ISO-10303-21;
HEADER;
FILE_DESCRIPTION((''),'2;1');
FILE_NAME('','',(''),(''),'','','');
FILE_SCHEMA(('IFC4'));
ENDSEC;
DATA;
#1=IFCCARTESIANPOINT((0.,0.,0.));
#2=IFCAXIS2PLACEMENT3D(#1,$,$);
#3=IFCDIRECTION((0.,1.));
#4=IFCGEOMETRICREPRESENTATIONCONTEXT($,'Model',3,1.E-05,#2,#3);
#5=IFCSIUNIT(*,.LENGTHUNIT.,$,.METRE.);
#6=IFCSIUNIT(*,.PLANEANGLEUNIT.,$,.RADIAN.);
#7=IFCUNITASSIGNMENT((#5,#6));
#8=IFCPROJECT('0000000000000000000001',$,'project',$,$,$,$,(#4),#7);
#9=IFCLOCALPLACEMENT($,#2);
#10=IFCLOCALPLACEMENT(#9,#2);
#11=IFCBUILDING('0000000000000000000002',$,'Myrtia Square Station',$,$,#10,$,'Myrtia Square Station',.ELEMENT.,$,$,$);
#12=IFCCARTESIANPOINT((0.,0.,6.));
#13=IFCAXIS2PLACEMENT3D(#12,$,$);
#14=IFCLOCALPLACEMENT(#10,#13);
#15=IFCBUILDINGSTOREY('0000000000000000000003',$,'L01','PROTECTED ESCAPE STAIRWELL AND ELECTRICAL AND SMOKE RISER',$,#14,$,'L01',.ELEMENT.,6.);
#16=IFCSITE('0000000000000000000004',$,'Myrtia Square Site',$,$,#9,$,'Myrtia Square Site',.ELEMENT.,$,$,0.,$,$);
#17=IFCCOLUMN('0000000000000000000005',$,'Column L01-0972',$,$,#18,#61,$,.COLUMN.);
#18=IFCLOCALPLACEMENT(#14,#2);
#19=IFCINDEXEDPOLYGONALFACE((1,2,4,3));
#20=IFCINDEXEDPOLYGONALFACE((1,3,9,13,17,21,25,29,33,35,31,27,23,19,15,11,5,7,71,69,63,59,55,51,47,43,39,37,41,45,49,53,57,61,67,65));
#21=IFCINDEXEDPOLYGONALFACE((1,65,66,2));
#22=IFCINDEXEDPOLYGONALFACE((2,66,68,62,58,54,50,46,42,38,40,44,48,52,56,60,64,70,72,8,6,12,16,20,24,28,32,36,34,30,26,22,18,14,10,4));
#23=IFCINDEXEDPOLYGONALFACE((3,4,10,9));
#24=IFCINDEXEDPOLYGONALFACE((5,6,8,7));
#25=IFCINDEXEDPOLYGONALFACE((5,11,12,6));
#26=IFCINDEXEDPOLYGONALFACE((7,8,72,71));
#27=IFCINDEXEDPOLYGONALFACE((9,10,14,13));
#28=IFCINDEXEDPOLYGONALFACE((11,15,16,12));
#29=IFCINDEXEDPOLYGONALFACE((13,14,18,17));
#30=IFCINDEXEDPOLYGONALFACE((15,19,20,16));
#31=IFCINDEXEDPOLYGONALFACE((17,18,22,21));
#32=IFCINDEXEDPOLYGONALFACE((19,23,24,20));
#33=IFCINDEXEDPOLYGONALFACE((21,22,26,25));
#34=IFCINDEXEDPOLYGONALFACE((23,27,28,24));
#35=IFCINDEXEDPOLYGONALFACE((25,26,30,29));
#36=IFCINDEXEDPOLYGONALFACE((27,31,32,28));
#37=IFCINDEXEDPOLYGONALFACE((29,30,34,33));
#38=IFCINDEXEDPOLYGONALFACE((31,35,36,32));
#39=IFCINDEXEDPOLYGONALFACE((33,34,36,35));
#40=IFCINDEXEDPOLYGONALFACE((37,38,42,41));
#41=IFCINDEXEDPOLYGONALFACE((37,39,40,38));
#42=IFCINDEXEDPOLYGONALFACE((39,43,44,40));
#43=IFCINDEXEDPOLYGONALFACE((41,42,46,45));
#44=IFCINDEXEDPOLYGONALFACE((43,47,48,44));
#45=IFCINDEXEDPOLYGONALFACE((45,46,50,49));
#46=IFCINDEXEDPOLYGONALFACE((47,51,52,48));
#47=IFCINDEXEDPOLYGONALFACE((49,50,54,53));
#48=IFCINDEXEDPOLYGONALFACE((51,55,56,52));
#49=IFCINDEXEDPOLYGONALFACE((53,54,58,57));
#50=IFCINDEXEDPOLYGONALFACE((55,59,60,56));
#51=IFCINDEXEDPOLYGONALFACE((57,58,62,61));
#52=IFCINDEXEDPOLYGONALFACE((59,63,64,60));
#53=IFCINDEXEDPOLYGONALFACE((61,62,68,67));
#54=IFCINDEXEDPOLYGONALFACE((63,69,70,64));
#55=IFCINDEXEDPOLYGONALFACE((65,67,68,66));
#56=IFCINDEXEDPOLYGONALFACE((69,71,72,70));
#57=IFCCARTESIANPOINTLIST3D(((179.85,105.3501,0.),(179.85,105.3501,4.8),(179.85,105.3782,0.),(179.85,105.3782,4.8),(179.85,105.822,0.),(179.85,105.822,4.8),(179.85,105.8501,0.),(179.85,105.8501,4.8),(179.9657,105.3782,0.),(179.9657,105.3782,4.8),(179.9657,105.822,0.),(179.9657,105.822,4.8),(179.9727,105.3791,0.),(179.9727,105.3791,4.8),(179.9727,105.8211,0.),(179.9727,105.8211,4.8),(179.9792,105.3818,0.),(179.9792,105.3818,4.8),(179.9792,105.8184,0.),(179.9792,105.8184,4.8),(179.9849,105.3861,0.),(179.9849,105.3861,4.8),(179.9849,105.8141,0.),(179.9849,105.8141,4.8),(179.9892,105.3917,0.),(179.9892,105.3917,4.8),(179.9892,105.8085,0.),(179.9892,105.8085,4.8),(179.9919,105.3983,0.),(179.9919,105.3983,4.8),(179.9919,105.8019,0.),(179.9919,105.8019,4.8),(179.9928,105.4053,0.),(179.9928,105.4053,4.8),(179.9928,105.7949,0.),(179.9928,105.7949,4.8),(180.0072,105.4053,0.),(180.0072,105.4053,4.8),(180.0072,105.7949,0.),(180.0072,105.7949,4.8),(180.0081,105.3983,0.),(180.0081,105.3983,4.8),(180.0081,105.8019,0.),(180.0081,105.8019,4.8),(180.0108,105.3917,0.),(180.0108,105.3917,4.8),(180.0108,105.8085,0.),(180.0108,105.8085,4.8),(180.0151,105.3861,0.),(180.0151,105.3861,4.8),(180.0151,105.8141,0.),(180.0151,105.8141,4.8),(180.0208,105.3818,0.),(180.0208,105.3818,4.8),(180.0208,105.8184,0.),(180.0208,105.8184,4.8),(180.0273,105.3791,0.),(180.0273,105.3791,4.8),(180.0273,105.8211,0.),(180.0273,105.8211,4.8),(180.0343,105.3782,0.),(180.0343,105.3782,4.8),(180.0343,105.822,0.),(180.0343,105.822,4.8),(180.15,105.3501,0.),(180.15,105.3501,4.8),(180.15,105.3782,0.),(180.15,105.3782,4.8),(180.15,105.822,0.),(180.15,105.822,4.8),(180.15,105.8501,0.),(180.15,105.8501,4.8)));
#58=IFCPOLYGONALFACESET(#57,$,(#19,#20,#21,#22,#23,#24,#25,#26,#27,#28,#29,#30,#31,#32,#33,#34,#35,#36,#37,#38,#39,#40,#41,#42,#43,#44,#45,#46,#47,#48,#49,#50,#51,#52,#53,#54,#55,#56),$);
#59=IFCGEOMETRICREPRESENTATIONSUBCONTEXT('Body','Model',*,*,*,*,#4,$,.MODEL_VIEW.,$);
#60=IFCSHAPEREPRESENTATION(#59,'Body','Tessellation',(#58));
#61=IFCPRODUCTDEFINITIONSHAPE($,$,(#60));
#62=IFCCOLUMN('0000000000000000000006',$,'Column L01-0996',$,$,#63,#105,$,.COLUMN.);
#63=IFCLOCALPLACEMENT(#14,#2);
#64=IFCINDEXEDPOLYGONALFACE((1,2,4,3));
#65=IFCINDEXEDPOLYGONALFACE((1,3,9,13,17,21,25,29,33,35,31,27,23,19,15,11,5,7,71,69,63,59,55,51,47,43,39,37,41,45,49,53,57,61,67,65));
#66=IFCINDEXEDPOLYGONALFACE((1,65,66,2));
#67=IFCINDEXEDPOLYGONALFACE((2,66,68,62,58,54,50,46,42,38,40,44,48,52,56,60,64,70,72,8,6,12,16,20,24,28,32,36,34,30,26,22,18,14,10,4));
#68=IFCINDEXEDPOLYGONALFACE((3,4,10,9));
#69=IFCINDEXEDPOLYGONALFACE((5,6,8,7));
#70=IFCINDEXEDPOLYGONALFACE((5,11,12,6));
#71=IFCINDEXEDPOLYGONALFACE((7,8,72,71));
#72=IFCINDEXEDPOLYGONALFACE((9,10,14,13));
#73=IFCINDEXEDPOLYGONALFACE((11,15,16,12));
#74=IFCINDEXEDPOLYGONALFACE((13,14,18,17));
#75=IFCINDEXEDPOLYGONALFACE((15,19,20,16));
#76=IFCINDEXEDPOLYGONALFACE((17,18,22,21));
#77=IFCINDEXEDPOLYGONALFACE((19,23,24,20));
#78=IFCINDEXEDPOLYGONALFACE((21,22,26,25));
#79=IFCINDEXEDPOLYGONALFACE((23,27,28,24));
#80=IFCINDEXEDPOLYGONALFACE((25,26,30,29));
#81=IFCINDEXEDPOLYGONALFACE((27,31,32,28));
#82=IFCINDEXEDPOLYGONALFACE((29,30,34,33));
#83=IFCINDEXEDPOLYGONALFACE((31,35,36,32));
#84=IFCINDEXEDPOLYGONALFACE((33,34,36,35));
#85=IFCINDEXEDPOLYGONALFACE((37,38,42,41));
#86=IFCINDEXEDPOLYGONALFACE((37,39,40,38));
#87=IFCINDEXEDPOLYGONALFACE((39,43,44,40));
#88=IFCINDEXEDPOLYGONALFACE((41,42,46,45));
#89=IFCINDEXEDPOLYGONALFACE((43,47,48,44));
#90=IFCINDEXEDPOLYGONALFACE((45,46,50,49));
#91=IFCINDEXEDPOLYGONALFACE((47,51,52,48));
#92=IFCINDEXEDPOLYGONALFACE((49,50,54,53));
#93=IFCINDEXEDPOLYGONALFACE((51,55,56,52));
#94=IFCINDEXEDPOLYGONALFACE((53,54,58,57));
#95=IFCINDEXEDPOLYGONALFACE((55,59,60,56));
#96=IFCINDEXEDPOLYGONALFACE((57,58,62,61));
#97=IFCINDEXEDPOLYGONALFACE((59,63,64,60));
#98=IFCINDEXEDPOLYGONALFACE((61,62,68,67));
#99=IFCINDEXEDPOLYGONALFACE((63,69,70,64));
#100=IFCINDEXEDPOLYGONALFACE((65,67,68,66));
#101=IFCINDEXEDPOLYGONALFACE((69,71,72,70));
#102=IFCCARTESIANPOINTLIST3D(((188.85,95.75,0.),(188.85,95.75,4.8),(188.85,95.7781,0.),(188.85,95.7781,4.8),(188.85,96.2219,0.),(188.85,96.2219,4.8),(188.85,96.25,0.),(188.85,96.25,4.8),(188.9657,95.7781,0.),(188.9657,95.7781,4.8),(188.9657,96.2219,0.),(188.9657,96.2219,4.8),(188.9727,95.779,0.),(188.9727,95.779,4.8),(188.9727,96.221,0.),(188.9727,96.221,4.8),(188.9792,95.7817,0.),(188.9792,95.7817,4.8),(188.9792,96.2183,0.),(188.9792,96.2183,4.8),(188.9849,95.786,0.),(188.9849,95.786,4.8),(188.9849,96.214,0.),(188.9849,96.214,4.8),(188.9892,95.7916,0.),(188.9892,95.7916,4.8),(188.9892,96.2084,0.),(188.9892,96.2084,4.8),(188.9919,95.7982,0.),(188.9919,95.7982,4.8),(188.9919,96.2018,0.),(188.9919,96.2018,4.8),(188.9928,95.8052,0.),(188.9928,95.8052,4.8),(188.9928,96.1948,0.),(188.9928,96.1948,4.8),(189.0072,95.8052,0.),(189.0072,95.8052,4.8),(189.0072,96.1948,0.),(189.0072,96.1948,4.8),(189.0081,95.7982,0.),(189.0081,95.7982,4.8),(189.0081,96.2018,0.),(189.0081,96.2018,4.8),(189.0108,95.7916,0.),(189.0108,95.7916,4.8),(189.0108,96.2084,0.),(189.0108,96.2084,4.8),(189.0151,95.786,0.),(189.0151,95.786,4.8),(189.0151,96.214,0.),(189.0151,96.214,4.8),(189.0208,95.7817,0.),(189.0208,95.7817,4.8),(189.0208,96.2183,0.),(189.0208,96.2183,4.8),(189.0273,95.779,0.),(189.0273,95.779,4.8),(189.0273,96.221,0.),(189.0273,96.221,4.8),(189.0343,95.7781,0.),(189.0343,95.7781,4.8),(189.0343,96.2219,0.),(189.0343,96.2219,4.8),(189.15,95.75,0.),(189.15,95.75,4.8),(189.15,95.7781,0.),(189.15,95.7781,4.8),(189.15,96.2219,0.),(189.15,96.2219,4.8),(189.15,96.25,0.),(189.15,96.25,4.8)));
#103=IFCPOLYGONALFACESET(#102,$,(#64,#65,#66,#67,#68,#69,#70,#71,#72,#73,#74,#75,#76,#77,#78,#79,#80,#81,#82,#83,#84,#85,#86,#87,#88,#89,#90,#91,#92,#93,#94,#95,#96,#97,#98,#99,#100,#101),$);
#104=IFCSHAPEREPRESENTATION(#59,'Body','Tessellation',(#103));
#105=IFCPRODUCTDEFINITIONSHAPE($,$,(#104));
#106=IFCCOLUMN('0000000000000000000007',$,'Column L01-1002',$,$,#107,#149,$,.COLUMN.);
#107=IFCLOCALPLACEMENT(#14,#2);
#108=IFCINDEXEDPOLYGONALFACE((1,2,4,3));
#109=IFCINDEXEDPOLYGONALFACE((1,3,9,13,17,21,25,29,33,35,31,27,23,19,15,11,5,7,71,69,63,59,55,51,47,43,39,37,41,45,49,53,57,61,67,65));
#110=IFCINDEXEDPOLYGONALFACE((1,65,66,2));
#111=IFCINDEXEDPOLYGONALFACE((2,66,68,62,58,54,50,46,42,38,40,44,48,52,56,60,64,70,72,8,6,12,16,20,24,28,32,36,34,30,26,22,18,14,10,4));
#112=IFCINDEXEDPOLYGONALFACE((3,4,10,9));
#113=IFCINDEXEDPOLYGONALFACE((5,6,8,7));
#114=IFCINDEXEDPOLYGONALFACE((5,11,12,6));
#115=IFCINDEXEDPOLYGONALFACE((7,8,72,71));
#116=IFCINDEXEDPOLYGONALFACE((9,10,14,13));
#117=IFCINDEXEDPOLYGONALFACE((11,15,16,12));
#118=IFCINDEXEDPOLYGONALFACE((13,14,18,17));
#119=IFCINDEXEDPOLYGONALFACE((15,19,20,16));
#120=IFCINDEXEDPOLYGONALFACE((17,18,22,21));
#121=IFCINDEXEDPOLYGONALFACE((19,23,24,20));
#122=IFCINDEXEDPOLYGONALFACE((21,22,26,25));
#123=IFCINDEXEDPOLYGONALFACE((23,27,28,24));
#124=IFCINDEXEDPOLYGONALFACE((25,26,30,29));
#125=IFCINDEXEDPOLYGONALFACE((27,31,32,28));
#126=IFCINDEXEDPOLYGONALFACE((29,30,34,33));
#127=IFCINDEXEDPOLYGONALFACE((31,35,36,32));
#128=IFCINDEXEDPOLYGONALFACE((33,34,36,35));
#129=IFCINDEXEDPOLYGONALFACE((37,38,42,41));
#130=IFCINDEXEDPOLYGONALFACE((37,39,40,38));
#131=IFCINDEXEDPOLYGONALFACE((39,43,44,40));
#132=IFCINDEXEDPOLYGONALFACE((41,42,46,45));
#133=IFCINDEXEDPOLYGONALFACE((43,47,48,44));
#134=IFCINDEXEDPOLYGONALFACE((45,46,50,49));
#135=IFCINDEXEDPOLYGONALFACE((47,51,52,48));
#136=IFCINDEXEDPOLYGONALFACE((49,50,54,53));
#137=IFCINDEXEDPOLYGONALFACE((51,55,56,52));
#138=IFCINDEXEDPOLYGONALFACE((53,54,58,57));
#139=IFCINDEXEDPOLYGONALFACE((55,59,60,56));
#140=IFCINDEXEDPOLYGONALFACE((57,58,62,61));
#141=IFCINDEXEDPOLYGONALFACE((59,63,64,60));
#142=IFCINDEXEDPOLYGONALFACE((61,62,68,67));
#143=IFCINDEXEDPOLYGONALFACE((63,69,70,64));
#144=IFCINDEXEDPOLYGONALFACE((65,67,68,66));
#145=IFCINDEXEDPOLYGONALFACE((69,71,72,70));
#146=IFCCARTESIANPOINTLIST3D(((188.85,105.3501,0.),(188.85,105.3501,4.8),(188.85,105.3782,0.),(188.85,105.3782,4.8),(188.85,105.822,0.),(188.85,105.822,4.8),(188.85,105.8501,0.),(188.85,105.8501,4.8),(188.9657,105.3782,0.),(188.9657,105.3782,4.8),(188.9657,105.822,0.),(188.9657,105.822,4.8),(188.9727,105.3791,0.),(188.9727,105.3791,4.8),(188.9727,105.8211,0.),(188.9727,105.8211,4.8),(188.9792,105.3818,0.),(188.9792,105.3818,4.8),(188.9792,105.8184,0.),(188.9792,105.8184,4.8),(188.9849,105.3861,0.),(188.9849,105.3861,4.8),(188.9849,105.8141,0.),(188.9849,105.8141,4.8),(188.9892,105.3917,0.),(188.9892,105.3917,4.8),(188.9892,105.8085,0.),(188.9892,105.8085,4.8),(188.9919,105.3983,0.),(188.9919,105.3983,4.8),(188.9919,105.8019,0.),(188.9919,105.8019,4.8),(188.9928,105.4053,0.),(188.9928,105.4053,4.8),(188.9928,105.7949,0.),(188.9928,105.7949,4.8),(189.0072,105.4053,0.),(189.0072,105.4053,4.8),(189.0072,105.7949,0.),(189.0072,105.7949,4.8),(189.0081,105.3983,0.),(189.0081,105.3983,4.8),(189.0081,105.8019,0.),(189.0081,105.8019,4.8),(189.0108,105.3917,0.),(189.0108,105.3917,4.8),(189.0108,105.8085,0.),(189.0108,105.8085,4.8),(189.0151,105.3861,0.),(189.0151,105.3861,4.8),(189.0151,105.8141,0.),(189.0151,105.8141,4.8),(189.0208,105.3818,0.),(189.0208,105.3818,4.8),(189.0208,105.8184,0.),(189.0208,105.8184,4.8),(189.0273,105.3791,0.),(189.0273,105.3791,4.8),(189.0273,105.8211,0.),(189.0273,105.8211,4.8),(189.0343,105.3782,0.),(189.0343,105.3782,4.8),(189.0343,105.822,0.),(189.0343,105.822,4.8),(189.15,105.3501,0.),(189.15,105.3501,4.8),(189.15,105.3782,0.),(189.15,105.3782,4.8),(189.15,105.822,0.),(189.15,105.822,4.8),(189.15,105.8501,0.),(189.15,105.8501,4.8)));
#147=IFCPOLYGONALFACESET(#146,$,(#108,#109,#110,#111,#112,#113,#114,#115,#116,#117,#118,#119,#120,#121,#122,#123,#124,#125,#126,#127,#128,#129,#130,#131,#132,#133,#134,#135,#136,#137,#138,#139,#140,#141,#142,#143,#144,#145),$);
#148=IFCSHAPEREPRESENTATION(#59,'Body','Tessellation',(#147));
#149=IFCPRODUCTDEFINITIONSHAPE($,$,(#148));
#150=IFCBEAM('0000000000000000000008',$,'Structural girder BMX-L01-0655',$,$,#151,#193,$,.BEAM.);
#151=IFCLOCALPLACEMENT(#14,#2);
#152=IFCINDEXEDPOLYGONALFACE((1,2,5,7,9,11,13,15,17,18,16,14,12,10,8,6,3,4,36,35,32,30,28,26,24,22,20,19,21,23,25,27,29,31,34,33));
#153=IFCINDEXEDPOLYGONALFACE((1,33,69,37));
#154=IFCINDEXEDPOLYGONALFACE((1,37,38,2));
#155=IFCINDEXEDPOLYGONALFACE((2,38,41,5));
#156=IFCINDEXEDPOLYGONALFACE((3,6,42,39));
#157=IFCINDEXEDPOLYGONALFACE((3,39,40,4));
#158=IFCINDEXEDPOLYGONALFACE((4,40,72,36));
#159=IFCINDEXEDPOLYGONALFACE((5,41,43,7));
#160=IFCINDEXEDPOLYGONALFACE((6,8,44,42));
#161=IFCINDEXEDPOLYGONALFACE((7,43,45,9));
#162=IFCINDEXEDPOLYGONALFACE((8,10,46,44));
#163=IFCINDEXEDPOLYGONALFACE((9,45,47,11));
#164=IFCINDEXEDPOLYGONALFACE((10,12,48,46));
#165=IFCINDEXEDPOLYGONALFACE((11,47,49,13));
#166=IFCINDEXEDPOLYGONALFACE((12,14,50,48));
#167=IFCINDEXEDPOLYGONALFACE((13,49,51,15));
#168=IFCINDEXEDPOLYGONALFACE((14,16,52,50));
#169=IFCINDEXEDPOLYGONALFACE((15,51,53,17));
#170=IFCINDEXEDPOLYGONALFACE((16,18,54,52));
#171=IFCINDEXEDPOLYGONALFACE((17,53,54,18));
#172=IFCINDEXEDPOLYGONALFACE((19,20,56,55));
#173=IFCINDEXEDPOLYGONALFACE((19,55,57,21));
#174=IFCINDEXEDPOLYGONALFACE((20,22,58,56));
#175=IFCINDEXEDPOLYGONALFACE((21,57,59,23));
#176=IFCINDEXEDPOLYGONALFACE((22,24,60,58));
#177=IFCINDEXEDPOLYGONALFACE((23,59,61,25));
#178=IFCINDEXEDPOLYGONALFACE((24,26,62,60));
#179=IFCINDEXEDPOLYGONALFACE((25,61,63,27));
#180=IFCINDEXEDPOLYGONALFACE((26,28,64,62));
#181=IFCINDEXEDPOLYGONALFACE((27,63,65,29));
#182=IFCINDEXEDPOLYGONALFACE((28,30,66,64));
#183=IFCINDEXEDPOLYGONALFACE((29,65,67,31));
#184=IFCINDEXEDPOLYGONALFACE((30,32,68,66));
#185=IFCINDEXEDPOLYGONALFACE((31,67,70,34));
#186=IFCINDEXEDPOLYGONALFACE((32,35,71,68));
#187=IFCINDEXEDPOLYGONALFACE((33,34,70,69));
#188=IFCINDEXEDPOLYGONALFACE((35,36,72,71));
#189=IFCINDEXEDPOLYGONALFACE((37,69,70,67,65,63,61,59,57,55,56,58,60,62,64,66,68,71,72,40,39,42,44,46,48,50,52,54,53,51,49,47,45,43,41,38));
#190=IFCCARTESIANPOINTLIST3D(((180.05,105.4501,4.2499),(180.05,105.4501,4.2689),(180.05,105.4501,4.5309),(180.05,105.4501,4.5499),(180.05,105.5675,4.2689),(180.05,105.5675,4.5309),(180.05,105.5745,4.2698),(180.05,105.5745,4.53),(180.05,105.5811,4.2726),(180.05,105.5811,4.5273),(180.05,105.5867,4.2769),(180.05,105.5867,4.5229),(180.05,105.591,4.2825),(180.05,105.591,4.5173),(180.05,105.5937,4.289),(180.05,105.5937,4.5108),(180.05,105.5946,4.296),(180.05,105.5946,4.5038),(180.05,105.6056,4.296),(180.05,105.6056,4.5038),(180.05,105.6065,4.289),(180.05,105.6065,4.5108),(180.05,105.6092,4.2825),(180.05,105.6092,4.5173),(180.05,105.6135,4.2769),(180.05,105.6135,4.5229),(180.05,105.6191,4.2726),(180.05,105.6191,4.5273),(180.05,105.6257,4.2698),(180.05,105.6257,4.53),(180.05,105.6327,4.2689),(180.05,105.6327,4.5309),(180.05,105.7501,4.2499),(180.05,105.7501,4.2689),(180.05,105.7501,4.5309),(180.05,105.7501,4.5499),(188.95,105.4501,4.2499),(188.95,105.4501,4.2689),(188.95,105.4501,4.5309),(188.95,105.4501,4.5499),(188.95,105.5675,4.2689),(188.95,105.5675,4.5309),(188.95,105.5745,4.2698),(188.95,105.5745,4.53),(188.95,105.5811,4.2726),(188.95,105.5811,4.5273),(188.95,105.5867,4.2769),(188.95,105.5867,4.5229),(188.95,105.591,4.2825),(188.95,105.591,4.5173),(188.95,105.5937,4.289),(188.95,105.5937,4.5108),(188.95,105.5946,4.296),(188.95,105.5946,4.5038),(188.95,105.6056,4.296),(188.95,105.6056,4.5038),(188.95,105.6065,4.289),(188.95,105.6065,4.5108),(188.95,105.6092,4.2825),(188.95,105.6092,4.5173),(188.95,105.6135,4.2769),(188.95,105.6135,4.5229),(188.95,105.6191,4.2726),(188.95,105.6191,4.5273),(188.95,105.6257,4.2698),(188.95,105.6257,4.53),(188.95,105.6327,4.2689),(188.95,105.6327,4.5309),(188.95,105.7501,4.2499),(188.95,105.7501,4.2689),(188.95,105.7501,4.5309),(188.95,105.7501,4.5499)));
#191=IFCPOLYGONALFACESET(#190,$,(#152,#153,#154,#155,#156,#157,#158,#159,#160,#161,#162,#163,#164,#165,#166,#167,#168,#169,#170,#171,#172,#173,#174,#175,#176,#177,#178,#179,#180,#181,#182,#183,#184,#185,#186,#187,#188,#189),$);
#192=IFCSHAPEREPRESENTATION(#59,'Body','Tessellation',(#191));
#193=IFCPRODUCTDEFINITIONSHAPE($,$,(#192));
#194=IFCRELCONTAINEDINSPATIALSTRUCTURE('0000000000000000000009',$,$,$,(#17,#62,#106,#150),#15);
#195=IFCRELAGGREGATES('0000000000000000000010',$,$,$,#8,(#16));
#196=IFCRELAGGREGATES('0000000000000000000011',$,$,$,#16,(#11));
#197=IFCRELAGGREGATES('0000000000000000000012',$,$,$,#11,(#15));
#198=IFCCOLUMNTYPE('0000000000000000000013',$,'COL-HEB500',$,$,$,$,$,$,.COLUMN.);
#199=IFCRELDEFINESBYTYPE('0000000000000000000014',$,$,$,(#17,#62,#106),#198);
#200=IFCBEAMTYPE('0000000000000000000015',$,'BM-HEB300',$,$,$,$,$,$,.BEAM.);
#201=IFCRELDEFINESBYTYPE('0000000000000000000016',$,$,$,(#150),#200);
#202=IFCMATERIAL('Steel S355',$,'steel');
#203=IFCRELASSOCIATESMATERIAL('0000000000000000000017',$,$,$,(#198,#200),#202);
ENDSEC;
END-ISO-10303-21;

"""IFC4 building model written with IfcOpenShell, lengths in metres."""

from ifc_helpers import new_model, si_unit, direction, frame, origin, origin_2d, place, context, subcontext, project, spatial, i_section, extrude, material, material_profile, profile_set, type_object, element, save


model = new_model("IFC4")

# Units and contexts
model_context = context("Model", 3, precision=1e-05, world=origin(), true_north=direction((0.0, 1.0)))
body_context = subcontext(model_context, "Body", "Model", "MODEL_VIEW")
ifc_project = project(units=[si_unit("LENGTHUNIT", "METRE"), si_unit("PLANEANGLEUNIT", "RADIAN")], contexts=[model_context])

# Site, building, storey
site_placement = place(None, origin())
site = spatial("IfcSite", under=ifc_project, at=site_placement, Name="Myrtia Square Site", LongName="Myrtia Square Site", CompositionType="ELEMENT", RefElevation=0.0)
building_placement = place(site_placement, origin())
building = spatial("IfcBuilding", under=site, at=building_placement, Name="Myrtia Square Station", LongName="Myrtia Square Station", CompositionType="ELEMENT")
storey_placement = place(building_placement, frame((0.0, 0.0, 6.0)))
storey = spatial("IfcBuildingStorey", under=building, at=storey_placement, Name="L01", Description="PROTECTED ESCAPE STAIRWELL AND ELECTRICAL AND SMOKE RISER", LongName="L01", CompositionType="ELEMENT", Elevation=6.0)

# Columns
ifc_material_1 = material(Name="Steel S355", Category="steel")
ifc_material_profile_1 = material_profile(ifc_material_1, i_section(OverallWidth=0.3, OverallDepth=0.5, WebThickness=0.0144, FlangeThickness=0.0281, FilletRadius=0.0271, at=origin_2d()), Name="HEB 500")
ifc_profile_set_1 = profile_set([ifc_material_profile_1], Name="Steel S355")
column_type = type_object("IfcColumnType", Name="COL-HEB500", PredefinedType="COLUMN", material=ifc_profile_set_1)
for number, where, z_axis, x_axis, name in (
    (1, (180.0, 105.6001, 0.0), (0.0, 0.0, 1.0), (1.0, 0.0, 0.0), "Column L01-0972"),
    (2, (189.0, 96.0, 0.0), (0.0, 0.0, 1.0), (1.0, 0.0, 0.0), "Column L01-0996"),
    (3, (189.0, 105.6001, 0.0), (0.0, 0.0, 1.0), (1.0, 0.0, 0.0), "Column L01-1002"),
):
    element("IfcColumn", number, at=place(storey_placement, frame(where, z_axis=z_axis, x_axis=x_axis)), inside=storey, type_object=column_type, Name=name, PredefinedType="COLUMN", context=body_context, shape_type="SweptSolid", body=[
        extrude(i_section(OverallWidth=0.3, OverallDepth=0.5, WebThickness=0.0144, FlangeThickness=0.0281, FilletRadius=0.0271, at=origin_2d()), origin(), (0.0, 0.0, 1.0), 4.8),
    ])

# Beam
ifc_material_profile_2 = material_profile(ifc_material_1, i_section(OverallWidth=0.3, OverallDepth=0.3, WebThickness=0.011, FlangeThickness=0.019, FilletRadius=0.0271, at=origin_2d()), Name="HEB 300")
ifc_profile_set_2 = profile_set([ifc_material_profile_2], Name="Steel S355")
beam_type_1 = type_object("IfcBeamType", Name="BM-HEB300", PredefinedType="BEAM", material=ifc_profile_set_2)
beam_placement = place(storey_placement, frame((180.05, 105.6001, 4.3999), z_axis=(1.0, 0.0, 0.0), x_axis=(0.0, 1.0, 0.0)))
element("IfcBeam", 4, at=beam_placement, inside=storey, type_object=beam_type_1, Name="Structural girder BMX-L01-0655", PredefinedType="BEAM", context=body_context, shape_type="SweptSolid", body=[
    extrude(i_section(OverallWidth=0.3, OverallDepth=0.3, WebThickness=0.011, FlangeThickness=0.019, FilletRadius=0.0271, at=origin_2d()), origin(), (0.0, 0.0, 1.0), 8.8999),
])

save(model, "model.ifc")
